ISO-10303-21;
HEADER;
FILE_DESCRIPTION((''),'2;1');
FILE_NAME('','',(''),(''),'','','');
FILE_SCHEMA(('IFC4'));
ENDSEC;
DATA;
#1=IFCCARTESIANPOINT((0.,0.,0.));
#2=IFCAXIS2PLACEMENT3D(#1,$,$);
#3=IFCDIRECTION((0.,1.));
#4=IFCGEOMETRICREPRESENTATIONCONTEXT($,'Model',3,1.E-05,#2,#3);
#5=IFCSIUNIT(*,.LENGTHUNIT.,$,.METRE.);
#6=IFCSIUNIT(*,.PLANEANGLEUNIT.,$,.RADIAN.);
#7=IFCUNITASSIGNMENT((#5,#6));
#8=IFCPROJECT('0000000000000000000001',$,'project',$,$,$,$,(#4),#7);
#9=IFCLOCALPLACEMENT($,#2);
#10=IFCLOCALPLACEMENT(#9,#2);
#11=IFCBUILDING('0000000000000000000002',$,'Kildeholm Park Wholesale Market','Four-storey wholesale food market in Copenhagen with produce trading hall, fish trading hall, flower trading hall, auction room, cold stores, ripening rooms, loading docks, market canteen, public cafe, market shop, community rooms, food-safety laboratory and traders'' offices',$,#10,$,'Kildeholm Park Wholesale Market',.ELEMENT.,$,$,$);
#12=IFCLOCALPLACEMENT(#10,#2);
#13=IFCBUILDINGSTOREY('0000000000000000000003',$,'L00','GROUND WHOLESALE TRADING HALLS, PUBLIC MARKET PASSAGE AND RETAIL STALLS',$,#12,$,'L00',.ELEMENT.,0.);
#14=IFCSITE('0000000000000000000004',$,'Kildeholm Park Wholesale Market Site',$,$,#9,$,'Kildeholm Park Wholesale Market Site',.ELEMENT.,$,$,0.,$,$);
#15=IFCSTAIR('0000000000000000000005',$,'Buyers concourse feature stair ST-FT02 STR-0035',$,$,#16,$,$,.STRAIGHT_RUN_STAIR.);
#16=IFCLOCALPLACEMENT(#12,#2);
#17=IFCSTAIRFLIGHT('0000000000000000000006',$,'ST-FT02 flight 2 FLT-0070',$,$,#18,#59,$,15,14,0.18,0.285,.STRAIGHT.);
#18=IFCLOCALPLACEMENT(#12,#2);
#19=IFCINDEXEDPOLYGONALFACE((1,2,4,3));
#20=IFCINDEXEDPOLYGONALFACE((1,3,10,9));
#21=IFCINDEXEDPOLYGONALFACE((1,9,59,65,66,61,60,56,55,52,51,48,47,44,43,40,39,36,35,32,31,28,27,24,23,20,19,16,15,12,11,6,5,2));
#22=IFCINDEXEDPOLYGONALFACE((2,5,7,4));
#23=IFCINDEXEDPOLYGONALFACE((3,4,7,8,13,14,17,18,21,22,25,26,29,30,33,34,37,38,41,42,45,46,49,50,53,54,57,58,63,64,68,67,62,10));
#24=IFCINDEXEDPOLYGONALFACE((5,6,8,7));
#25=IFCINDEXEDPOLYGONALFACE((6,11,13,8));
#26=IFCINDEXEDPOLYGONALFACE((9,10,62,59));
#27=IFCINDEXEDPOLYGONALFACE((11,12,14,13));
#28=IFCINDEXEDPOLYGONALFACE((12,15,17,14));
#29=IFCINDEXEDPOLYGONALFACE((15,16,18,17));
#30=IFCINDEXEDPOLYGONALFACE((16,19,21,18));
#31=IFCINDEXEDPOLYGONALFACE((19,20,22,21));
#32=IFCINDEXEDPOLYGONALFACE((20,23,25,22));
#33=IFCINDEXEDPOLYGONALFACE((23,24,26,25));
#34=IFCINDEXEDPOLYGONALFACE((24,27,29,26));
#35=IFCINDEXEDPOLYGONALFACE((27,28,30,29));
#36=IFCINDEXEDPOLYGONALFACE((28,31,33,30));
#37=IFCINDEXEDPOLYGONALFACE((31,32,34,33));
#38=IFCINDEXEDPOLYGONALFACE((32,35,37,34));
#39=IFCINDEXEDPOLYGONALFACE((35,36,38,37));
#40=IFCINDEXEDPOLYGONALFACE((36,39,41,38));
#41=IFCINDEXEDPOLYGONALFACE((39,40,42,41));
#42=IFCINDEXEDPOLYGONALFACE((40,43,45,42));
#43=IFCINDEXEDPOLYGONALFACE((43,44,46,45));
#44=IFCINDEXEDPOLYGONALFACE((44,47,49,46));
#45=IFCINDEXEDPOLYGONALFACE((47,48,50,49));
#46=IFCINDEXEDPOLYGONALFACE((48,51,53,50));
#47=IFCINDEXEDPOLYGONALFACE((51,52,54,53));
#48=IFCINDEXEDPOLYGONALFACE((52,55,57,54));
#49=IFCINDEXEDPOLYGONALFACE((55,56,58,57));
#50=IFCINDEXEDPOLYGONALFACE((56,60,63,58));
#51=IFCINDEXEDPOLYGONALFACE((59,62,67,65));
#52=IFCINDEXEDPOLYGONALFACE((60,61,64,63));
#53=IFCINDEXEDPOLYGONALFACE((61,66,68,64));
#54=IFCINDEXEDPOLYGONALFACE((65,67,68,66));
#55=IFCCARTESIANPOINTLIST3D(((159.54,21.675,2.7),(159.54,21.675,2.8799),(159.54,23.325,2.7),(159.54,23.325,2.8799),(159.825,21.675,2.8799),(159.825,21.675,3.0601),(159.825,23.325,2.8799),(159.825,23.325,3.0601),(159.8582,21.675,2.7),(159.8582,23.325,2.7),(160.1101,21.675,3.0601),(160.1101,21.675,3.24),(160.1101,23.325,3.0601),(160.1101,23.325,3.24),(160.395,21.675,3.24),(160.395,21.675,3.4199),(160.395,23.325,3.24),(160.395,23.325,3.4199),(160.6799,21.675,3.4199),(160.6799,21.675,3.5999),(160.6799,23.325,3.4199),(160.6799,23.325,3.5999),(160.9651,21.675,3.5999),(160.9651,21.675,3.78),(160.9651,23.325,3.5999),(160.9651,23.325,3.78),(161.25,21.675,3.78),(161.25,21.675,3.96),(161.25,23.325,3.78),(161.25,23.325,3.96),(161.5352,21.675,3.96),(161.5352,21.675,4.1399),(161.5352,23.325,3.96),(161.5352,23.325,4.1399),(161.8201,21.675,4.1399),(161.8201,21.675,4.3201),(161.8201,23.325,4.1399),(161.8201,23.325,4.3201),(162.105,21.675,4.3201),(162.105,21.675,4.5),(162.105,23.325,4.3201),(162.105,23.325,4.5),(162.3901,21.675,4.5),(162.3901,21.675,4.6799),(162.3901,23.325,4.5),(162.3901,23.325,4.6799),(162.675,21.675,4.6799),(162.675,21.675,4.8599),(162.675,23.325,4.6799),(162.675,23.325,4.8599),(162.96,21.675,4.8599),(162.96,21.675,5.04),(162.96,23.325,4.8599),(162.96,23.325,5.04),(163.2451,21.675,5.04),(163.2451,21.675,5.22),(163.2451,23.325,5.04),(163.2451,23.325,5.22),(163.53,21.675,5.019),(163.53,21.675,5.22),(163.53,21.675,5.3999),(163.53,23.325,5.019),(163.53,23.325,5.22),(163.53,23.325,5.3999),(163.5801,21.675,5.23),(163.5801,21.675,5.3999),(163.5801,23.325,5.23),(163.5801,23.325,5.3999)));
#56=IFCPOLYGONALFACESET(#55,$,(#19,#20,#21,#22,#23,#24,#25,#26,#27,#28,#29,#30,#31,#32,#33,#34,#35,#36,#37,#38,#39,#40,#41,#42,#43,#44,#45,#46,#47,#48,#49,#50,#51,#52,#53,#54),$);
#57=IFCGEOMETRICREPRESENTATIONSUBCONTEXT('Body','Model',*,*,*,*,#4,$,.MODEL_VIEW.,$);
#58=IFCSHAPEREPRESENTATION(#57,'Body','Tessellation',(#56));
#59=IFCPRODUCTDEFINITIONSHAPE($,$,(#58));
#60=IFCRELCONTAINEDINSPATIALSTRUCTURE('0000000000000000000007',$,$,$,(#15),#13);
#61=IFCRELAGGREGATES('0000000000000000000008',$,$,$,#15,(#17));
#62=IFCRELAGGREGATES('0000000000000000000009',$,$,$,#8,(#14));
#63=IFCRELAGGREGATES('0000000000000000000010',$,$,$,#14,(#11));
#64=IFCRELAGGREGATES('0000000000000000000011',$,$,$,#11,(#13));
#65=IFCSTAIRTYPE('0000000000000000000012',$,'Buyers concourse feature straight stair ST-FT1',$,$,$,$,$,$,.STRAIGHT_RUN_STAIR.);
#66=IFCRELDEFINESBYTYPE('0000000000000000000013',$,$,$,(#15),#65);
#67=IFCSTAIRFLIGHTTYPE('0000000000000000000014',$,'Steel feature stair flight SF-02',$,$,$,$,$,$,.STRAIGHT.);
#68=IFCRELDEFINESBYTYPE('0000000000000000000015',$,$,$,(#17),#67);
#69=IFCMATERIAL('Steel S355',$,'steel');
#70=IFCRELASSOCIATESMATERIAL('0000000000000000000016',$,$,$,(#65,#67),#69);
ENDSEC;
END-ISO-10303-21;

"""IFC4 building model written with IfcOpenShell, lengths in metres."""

from ifc_helpers import new_model, si_unit, direction, frame, origin, place, context, subcontext, project, spatial, polyline, outline, extrude, material, type_object, element, aggregate, save


model = new_model("IFC4")

# Units and contexts
model_context = context("Model", 3, precision=1e-05, world=origin(), true_north=direction((0.0, 1.0)))
body_context = subcontext(model_context, "Body", "Model", "MODEL_VIEW")
ifc_project = project(units=[si_unit("LENGTHUNIT", "METRE"), si_unit("PLANEANGLEUNIT", "RADIAN")], contexts=[model_context])

# Site, building, storey
site_placement = place(None, origin())
site = spatial("IfcSite", under=ifc_project, at=site_placement, Name="Kildeholm Park Wholesale Market Site", LongName="Kildeholm Park Wholesale Market Site", CompositionType="ELEMENT", RefElevation=0.0)
building_placement = place(site_placement, origin())
building = spatial("IfcBuilding", under=site, at=building_placement, Name="Kildeholm Park Wholesale Market", Description="Four-storey wholesale food market in Copenhagen with produce trading hall, fish trading hall, flower trading hall, auction room, cold stores, ripening rooms, loading docks, market canteen, public cafe, market shop, community rooms, food-safety laboratory and traders' offices", LongName="Kildeholm Park Wholesale Market", CompositionType="ELEMENT")
storey_placement = place(building_placement, origin())
storey = spatial("IfcBuildingStorey", under=building, at=storey_placement, Name="L00", Description="GROUND WHOLESALE TRADING HALLS, PUBLIC MARKET PASSAGE AND RETAIL STALLS", LongName="L00", CompositionType="ELEMENT", Elevation=0.0)

# Shared definitions
ifc_material_1 = material(Name="Steel S355", Category="steel")

# Stair, stair flight
stair_type = type_object("IfcStairType", Name="Buyers concourse feature straight stair ST-FT1", PredefinedType="STRAIGHT_RUN_STAIR", material=ifc_material_1)
stair_placement = place(storey_placement, origin())
stair = element("IfcStair", 1, at=stair_placement, inside=storey, type_object=stair_type, Name="Buyers concourse feature stair ST-FT02 STR-0035", PredefinedType="STRAIGHT_RUN_STAIR")
stair_flight_type = type_object("IfcStairFlightType", Name="Steel feature stair flight SF-02", PredefinedType="STRAIGHT", material=ifc_material_1)
stair_flight_1_placement = place(storey_placement, frame((159.54, 22.5, 2.7), z_axis=(0.0, 0.0, 1.0), x_axis=(1.0, 0.0, 0.0)))
stair_flight_1 = element("IfcStairFlight", 2, at=stair_flight_1_placement, type_object=stair_flight_type, Name="ST-FT02 flight 2 FLT-0070", NumberOfRisers=15, NumberOfTreads=14, PredefinedType="STRAIGHT", RiserHeight=0.18, TreadLength=0.285, context=body_context, shape_type="SweptSolid", body=[
    extrude(outline(polyline([(0.0, 0.0), (0.0, 0.1799), (0.2849, 0.1799), (0.2849, 0.3601), (0.5701, 0.3601), (0.5701, 0.54), (0.855, 0.54), (0.855, 0.72), (1.1399, 0.72), (1.1399, 0.8999), (1.425, 0.8999), (1.425, 1.0801), (1.71, 1.0801), (1.71, 1.26), (1.9951, 1.26), (1.9951, 1.4399), (2.28, 1.4399), (2.28, 1.6201), (2.5649, 1.6201), (2.5649, 1.8), (2.8501, 1.8), (2.8501, 1.98), (3.135, 1.98), (3.135, 2.1599), (3.4199, 2.1599), (3.4199, 2.3401), (3.7051, 2.3401), (3.7051, 2.52), (3.99, 2.52), (3.99, 2.7), (4.04, 2.7), (4.04, 2.53), (3.99, 2.3191), (0.3181, 0.0), (0.0, 0.0)])), frame((0.0, 0.825, 0.0), z_axis=(0.0, -1.0, 0.0), x_axis=(1.0, 0.0, 0.0)), (0.0, 0.0, 1.0), 1.6499),
])
aggregate(stair, [stair_flight_1])

save(model, "model.ifc")
